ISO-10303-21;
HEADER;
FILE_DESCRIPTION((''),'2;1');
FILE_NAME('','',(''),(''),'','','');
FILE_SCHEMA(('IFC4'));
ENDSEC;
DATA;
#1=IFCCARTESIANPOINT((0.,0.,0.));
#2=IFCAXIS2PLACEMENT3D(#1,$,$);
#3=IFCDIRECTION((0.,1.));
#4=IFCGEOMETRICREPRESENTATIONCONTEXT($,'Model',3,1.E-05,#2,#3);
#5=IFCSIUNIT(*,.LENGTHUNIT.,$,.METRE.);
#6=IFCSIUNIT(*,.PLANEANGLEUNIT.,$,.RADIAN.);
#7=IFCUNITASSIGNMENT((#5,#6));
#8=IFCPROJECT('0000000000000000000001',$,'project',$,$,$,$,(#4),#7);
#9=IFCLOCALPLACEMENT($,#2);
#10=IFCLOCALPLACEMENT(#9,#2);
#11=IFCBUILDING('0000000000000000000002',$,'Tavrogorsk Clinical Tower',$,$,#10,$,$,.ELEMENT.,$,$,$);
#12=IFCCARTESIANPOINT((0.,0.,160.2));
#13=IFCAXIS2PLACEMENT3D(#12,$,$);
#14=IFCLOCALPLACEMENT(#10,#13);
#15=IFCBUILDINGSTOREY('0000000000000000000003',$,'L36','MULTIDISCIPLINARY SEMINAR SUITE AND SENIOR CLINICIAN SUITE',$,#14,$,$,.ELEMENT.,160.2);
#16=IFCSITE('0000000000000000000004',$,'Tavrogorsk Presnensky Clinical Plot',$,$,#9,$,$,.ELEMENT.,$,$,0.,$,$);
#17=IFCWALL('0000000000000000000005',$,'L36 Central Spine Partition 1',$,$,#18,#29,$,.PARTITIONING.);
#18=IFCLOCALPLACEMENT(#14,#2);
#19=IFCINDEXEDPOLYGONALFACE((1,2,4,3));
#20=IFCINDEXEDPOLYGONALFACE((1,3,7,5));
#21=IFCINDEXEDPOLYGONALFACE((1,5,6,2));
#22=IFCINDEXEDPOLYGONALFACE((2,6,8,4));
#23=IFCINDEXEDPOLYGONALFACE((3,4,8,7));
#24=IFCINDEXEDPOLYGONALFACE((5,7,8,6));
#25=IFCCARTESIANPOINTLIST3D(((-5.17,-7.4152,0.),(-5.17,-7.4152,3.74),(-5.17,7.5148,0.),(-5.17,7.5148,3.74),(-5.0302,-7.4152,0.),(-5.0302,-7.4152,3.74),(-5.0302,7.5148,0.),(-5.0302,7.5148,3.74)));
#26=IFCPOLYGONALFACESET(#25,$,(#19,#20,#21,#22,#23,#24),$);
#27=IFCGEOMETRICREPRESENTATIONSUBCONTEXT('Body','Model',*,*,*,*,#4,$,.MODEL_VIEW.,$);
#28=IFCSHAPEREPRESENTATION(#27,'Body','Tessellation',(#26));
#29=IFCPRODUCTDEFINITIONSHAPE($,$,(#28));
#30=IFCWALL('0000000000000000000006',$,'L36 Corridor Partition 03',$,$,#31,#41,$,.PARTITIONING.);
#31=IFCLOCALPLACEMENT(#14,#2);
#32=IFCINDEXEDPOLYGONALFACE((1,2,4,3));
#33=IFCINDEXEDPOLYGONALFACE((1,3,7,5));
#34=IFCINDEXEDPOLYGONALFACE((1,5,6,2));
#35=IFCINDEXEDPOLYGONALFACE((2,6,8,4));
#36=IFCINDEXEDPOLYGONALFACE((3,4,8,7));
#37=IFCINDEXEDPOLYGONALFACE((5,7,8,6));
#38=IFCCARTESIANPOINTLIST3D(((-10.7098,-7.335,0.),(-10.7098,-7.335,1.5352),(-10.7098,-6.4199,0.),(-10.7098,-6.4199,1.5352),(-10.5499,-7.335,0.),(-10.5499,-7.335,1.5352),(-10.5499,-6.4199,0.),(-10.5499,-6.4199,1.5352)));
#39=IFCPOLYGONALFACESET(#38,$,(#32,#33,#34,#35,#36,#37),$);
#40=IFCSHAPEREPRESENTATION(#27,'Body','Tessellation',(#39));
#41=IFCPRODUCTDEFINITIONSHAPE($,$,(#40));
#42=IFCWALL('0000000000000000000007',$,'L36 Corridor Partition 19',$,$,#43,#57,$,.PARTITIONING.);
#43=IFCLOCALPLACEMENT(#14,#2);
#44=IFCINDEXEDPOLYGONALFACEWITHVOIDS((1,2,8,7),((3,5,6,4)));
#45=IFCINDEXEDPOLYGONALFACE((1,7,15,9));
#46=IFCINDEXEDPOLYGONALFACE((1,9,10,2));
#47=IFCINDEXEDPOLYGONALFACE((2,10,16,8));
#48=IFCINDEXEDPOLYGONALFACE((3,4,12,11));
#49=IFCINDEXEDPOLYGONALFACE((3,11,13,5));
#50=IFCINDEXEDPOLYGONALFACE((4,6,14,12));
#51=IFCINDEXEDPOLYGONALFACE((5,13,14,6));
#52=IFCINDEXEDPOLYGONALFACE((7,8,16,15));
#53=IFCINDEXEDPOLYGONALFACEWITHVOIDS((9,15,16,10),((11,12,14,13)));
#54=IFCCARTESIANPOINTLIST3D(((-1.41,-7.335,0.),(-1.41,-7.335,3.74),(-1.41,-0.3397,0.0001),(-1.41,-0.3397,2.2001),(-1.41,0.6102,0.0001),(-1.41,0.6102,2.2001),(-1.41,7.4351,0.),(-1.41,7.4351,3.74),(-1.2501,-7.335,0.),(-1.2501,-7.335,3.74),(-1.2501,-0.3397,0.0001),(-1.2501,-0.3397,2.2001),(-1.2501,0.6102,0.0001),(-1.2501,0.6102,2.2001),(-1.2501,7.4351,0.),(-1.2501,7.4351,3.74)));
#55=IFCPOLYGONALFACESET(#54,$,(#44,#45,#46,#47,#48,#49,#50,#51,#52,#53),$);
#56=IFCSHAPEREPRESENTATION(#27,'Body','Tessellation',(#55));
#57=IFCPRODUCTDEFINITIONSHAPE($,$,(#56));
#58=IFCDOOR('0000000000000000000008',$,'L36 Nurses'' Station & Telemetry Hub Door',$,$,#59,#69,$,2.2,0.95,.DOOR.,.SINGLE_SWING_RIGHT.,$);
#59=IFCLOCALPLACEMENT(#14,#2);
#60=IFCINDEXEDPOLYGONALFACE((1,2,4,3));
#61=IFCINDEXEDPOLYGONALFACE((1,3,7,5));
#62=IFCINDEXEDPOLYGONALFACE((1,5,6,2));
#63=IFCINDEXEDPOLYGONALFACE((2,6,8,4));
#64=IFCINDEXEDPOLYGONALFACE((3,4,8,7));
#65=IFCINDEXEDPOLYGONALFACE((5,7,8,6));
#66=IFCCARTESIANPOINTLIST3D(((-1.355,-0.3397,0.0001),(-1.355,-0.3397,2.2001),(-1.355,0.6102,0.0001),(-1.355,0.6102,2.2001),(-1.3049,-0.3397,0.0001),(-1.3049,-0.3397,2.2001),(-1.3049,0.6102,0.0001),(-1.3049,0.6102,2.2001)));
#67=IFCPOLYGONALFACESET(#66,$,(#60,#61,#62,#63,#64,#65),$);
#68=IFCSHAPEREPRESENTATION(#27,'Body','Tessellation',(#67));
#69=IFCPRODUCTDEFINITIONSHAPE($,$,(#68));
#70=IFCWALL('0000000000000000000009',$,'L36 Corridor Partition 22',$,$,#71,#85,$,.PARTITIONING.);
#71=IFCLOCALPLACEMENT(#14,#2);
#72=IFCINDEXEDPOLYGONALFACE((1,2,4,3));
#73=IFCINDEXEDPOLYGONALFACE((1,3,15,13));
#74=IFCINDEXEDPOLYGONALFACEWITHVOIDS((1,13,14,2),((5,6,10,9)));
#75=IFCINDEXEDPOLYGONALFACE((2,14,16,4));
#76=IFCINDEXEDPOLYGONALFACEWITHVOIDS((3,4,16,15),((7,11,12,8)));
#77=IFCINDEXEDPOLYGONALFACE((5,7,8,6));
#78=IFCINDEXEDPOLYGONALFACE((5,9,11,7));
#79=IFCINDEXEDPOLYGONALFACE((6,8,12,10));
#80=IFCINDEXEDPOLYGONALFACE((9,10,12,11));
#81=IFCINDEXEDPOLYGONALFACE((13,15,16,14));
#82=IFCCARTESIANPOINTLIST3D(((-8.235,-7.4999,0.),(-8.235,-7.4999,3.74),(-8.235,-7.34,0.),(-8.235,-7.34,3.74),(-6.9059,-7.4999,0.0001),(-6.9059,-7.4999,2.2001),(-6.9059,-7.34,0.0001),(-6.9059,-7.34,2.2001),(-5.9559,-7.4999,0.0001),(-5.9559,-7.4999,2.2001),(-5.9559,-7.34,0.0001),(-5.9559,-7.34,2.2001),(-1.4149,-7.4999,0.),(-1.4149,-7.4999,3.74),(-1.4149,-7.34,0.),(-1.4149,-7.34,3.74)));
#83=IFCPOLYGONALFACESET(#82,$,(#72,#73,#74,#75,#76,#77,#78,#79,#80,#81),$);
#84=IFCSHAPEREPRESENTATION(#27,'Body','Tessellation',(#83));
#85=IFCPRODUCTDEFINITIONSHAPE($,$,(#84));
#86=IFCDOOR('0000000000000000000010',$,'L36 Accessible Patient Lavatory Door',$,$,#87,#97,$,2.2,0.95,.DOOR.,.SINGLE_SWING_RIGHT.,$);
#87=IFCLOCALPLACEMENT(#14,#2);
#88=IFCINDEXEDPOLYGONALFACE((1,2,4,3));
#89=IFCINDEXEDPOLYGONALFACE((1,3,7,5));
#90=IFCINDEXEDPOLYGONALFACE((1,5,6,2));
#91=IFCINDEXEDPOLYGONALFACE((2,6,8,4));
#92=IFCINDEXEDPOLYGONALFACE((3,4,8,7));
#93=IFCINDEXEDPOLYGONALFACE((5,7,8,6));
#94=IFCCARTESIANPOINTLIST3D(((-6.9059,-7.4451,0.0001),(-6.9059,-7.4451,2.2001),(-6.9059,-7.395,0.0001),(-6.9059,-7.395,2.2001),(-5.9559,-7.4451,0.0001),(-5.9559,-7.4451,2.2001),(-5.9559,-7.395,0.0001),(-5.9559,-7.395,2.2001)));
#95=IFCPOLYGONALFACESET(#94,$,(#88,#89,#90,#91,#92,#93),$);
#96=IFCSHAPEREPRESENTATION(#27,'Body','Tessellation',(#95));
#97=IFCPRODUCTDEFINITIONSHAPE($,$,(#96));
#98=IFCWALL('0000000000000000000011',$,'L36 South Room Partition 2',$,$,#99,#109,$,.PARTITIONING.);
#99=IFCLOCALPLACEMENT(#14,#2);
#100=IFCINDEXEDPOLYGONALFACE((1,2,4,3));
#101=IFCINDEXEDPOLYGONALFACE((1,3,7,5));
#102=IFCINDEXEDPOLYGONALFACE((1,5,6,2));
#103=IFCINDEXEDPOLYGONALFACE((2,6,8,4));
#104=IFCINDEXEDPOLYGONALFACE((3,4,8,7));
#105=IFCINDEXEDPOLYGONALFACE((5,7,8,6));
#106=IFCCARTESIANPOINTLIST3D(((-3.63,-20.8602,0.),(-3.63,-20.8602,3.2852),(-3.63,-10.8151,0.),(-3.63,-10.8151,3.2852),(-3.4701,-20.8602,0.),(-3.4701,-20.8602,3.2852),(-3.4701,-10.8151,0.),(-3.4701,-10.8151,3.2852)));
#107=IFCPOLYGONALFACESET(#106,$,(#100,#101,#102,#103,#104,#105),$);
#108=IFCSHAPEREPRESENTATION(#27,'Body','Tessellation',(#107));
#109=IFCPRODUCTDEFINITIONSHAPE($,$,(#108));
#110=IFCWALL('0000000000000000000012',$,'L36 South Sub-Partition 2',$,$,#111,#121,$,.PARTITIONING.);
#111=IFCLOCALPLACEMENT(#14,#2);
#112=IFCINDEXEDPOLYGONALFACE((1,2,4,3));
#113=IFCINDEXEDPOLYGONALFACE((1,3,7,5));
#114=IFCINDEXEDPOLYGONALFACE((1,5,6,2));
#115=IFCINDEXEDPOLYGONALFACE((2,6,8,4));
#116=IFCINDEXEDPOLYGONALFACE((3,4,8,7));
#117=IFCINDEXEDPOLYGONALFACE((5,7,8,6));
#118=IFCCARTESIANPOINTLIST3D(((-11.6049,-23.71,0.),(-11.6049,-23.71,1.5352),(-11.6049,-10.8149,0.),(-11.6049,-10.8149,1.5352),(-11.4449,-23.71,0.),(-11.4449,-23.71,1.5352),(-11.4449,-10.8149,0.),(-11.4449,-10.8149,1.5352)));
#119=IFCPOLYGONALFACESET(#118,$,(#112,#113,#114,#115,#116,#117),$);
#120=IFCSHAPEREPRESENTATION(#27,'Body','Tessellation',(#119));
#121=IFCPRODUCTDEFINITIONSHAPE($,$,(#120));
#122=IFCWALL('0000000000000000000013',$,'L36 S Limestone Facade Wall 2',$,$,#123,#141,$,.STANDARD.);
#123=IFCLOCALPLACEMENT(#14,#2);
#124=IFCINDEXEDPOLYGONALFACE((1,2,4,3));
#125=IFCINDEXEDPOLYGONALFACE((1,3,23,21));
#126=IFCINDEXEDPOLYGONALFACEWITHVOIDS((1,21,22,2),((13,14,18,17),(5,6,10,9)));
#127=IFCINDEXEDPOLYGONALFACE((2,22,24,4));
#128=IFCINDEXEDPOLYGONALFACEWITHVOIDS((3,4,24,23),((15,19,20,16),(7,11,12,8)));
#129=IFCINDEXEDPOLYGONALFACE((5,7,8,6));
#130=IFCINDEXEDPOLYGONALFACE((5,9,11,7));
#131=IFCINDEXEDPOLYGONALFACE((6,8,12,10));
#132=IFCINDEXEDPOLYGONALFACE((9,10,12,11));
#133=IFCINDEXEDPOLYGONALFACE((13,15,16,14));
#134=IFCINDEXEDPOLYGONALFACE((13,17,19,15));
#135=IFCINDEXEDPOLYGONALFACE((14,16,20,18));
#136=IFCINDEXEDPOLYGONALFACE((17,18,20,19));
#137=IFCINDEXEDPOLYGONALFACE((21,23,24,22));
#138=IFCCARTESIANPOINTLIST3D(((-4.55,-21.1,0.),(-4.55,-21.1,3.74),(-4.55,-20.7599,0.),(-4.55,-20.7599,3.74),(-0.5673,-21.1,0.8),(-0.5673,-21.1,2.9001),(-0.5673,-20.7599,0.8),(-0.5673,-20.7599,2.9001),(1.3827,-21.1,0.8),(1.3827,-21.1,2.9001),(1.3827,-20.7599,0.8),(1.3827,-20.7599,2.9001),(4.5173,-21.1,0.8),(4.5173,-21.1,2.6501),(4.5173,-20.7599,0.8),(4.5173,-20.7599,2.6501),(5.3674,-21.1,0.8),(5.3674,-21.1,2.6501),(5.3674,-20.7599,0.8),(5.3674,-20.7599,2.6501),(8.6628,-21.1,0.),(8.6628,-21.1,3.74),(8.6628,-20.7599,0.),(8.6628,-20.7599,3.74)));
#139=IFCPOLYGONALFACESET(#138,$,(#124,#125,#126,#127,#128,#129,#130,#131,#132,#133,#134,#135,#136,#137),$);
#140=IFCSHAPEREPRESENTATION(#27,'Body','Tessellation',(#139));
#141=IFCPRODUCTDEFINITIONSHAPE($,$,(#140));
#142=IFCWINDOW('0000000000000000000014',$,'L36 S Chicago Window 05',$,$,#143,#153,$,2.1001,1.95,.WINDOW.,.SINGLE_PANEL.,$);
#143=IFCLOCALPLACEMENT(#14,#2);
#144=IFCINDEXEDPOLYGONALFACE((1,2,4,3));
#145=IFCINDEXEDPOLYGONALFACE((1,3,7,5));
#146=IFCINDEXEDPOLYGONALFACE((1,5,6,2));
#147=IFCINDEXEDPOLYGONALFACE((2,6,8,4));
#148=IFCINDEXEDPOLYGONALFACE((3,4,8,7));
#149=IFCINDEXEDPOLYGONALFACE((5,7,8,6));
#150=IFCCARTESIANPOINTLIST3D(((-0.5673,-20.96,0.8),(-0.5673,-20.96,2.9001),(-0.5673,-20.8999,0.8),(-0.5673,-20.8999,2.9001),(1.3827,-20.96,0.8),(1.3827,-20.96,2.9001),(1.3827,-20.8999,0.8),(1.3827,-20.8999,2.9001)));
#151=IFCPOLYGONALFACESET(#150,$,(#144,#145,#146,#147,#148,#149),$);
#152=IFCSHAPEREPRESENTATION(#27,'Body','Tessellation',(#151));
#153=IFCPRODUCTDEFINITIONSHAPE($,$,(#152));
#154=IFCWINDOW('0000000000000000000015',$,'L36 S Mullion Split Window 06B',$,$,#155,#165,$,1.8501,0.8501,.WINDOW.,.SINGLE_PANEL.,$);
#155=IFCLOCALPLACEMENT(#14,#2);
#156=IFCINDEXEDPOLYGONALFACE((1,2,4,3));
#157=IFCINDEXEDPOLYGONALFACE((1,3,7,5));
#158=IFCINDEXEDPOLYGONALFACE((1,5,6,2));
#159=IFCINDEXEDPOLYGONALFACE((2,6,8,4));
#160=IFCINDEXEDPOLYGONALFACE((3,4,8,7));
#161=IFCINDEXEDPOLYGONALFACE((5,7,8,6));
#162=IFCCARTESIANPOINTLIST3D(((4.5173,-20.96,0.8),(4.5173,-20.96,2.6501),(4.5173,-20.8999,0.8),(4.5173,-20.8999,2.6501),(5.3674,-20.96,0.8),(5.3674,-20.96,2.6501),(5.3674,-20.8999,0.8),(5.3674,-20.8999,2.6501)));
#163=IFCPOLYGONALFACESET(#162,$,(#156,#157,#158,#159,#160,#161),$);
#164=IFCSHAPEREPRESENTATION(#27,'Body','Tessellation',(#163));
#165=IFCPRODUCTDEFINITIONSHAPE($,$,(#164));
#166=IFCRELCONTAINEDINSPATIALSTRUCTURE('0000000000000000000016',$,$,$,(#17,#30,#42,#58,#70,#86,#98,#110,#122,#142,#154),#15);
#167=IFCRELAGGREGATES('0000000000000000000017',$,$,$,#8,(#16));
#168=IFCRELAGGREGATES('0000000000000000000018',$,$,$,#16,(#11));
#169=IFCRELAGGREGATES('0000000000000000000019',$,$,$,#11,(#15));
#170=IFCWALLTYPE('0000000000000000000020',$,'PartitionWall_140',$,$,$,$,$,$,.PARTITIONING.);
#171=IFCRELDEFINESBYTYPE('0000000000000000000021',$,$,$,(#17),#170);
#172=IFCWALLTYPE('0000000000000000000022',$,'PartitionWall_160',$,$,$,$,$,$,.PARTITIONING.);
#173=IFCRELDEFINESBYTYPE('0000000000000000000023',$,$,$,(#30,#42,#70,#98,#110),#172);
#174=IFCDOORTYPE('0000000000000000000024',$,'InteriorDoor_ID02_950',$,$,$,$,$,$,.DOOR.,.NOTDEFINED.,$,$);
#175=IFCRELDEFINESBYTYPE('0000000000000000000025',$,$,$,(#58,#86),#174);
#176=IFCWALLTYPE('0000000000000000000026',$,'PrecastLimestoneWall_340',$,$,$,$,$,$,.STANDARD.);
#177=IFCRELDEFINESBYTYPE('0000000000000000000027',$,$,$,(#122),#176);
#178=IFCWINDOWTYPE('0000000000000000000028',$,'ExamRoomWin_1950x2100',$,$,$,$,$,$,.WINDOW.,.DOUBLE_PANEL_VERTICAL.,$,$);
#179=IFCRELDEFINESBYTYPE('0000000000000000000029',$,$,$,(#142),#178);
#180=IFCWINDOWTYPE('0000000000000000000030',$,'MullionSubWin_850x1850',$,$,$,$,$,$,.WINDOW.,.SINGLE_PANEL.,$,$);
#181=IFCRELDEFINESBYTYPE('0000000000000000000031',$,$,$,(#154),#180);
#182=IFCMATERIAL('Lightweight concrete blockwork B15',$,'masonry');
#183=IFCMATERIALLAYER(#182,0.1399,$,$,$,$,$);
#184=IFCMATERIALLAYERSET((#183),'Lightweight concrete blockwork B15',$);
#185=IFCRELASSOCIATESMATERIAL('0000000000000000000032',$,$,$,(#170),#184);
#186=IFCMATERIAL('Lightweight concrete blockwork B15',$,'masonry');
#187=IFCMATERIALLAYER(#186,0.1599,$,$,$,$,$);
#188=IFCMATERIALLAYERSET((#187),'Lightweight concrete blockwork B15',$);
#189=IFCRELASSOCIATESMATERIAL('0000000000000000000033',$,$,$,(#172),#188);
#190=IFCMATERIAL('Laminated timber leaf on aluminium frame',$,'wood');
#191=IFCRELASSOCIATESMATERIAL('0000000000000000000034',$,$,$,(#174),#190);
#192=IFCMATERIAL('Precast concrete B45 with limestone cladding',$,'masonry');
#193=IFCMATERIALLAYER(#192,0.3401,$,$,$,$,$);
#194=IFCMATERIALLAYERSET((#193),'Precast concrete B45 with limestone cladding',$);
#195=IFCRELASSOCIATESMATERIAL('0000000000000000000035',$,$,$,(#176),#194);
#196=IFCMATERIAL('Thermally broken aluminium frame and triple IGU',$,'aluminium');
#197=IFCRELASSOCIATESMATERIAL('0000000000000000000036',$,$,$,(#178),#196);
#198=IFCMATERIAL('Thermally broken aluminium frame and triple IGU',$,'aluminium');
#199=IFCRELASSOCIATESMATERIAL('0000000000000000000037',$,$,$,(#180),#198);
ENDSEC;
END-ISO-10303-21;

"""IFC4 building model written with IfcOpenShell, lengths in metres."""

from ifc_helpers import new_model, si_unit, direction, frame, frame_2d, origin, place, context, subcontext, project, spatial, rectangle, extrude, material, layer, layer_set, type_object, element, fill, save


model = new_model("IFC4")

# Units and contexts
model_context = context("Model", 3, precision=1e-05, world=origin(), true_north=direction((0.0, 1.0)))
body_context = subcontext(model_context, "Body", "Model", "MODEL_VIEW")
ifc_project = project(units=[si_unit("LENGTHUNIT", "METRE"), si_unit("PLANEANGLEUNIT", "RADIAN")], contexts=[model_context])

# Site, building, storey
site_placement = place(None, origin())
site = spatial("IfcSite", under=ifc_project, at=site_placement, Name="Tavrogorsk Presnensky Clinical Plot", CompositionType="ELEMENT", RefElevation=0.0)
building_placement = place(site_placement, origin())
building = spatial("IfcBuilding", under=site, at=building_placement, Name="Tavrogorsk Clinical Tower", CompositionType="ELEMENT")
storey_placement = place(building_placement, frame((0.0, 0.0, 160.2)))
storey = spatial("IfcBuildingStorey", under=building, at=storey_placement, Name="L36", Description="MULTIDISCIPLINARY SEMINAR SUITE AND SENIOR CLINICIAN SUITE", CompositionType="ELEMENT", Elevation=160.2)

# Walls
ifc_material_1 = material(Name="Lightweight concrete blockwork B15", Category="masonry")
ifc_layer_1 = layer(ifc_material_1, 0.1399)
ifc_layer_set_1 = layer_set([ifc_layer_1], Name="Lightweight concrete blockwork B15")
wall_type_1 = type_object("IfcWallType", Name="PartitionWall_140", PredefinedType="PARTITIONING", material=ifc_layer_set_1)
wall_1_placement = place(storey_placement, frame((-5.1001, -7.415, 0.0), z_axis=(0.0, 0.0, 1.0), x_axis=(0.0, 1.0, 0.0)))
element("IfcWall", 1, at=wall_1_placement, inside=storey, type_object=wall_type_1, Name="L36 Central Spine Partition 1", PredefinedType="PARTITIONING", context=body_context, shape_type="SweptSolid", body=[
    extrude(rectangle(XDim=14.9299, YDim=0.1399, at=frame_2d((7.4648, 0.0))), origin(), (0.0, 0.0, 1.0), 3.74),
])
ifc_material_2 = material(Name="Lightweight concrete blockwork B15", Category="masonry")
ifc_layer_2 = layer(ifc_material_2, 0.1599)
ifc_layer_set_2 = layer_set([ifc_layer_2], Name="Lightweight concrete blockwork B15")
wall_type_2 = type_object("IfcWallType", Name="PartitionWall_160", PredefinedType="PARTITIONING", material=ifc_layer_set_2)
wall_2_placement = place(storey_placement, frame((-10.6299, -7.335, 0.0), z_axis=(0.0, 0.0, 1.0), x_axis=(0.0, 1.0, 0.0)))
element("IfcWall", 2, at=wall_2_placement, inside=storey, type_object=wall_type_2, Name="L36 Corridor Partition 03", PredefinedType="PARTITIONING", context=body_context, shape_type="SweptSolid", body=[
    extrude(rectangle(XDim=0.915, YDim=0.1599, at=frame_2d((0.4575, 0.0))), origin(), (0.0, 0.0, 1.0), 1.5352),
])

# Walls, openings, doors
wall_3_placement = place(storey_placement, frame((-1.3301, -7.335, 0.0), z_axis=(0.0, 0.0, 1.0), x_axis=(0.0, 1.0, 0.0)))
wall_3 = element("IfcWall", 3, at=wall_3_placement, inside=storey, type_object=wall_type_2, Name="L36 Corridor Partition 19", PredefinedType="PARTITIONING", context=body_context, shape_type="SweptSolid", body=[
    extrude(rectangle(XDim=14.77, YDim=0.1599, at=frame_2d((7.385, 0.0))), origin(), (0.0, 0.0, 1.0), 3.74),
])
opening_1_placement = place(wall_3_placement, frame((6.9951, 0.0, 0.0)))
opening_1 = element("IfcOpeningElement", 4, at=opening_1_placement, cuts=wall_3, PredefinedType="OPENING", context=body_context, shape_type="SweptSolid", body=[
    extrude(rectangle(XDim=0.95, YDim=2.2, at=frame_2d((0.4751, 1.1001))), frame((0.0, 0.0898, 0.0), z_axis=(0.0, -1.0, 0.0), x_axis=(1.0, 0.0, 0.0)), (0.0, 0.0, 1.0), 0.1799),
])
ifc_material_3 = material(Name="Laminated timber leaf on aluminium frame", Category="wood")
door_type = type_object("IfcDoorType", Name="InteriorDoor_ID02_950", OperationType="NOTDEFINED", PredefinedType="DOOR", material=ifc_material_3)
door_1_placement = place(opening_1_placement, origin())
door_1 = element("IfcDoor", 5, at=door_1_placement, inside=storey, type_object=door_type, Name="L36 Nurses' Station & Telemetry Hub Door", OperationType="SINGLE_SWING_RIGHT", OverallHeight=2.2, OverallWidth=0.95, PredefinedType="DOOR", context=body_context, shape_type="SweptSolid", body=[
    extrude(rectangle(XDim=0.95, YDim=2.2, at=frame_2d((0.4751, 1.1001))), frame((0.0, 0.0249, 0.0), z_axis=(0.0, -1.0, 0.0), x_axis=(1.0, 0.0, 0.0)), (0.0, 0.0, 1.0), 0.05),
])
fill(opening_1, door_1)
wall_4_placement = place(storey_placement, frame((-8.2351, -7.4199, 0.0), z_axis=(0.0, 0.0, 1.0), x_axis=(1.0, 0.0, 0.0)))
wall_4 = element("IfcWall", 6, at=wall_4_placement, inside=storey, type_object=wall_type_2, Name="L36 Corridor Partition 22", PredefinedType="PARTITIONING", context=body_context, shape_type="SweptSolid", body=[
    extrude(rectangle(XDim=6.8201, YDim=0.1599, at=frame_2d((3.4102, 0.0))), origin(), (0.0, 0.0, 1.0), 3.74),
])
opening_2_placement = place(wall_4_placement, frame((1.3291, 0.0, 0.0)))
opening_2 = element("IfcOpeningElement", 7, at=opening_2_placement, cuts=wall_4, PredefinedType="OPENING", context=body_context, shape_type="SweptSolid", body=[
    extrude(rectangle(XDim=0.95, YDim=2.2, at=frame_2d((0.4751, 1.1001))), frame((0.0, 0.0898, 0.0), z_axis=(0.0, -1.0, 0.0), x_axis=(1.0, 0.0, 0.0)), (0.0, 0.0, 1.0), 0.1799),
])
door_2_placement = place(opening_2_placement, origin())
door_2 = element("IfcDoor", 8, at=door_2_placement, inside=storey, type_object=door_type, Name="L36 Accessible Patient Lavatory Door", OperationType="SINGLE_SWING_RIGHT", OverallHeight=2.2, OverallWidth=0.95, PredefinedType="DOOR", context=body_context, shape_type="SweptSolid", body=[
    extrude(rectangle(XDim=0.95, YDim=2.2, at=frame_2d((0.4751, 1.1001))), frame((0.0, 0.0249, 0.0), z_axis=(0.0, -1.0, 0.0), x_axis=(1.0, 0.0, 0.0)), (0.0, 0.0, 1.0), 0.05),
])
fill(opening_2, door_2)

# Walls
wall_5_placement = place(storey_placement, frame((-3.55, -20.8601, 0.0), z_axis=(0.0, 0.0, 1.0), x_axis=(0.0, 1.0, 0.0)))
element("IfcWall", 9, at=wall_5_placement, inside=storey, type_object=wall_type_2, Name="L36 South Room Partition 2", PredefinedType="PARTITIONING", context=body_context, shape_type="SweptSolid", body=[
    extrude(rectangle(XDim=10.0452, YDim=0.1599, at=frame_2d((5.0225, 0.0))), origin(), (0.0, 0.0, 1.0), 3.2852),
])
wall_6_placement = place(storey_placement, frame((-11.5249, -23.71, 0.0), z_axis=(0.0, 0.0, 1.0), x_axis=(0.0, 1.0, 0.0)))
element("IfcWall", 10, at=wall_6_placement, inside=storey, type_object=wall_type_2, Name="L36 South Sub-Partition 2", PredefinedType="PARTITIONING", context=body_context, shape_type="SweptSolid", body=[
    extrude(rectangle(XDim=12.895, YDim=0.1599, at=frame_2d((6.4475, 0.0))), origin(), (0.0, 0.0, 1.0), 1.5352),
])

# Wall, openings, windows
ifc_material_4 = material(Name="Precast concrete B45 with limestone cladding", Category="masonry")
ifc_layer_3 = layer(ifc_material_4, 0.3401)
ifc_layer_set_3 = layer_set([ifc_layer_3], Name="Precast concrete B45 with limestone cladding")
wall_type_3 = type_object("IfcWallType", Name="PrecastLimestoneWall_340", PredefinedType="STANDARD", material=ifc_layer_set_3)
wall_7_placement = place(storey_placement, frame((-4.55, -20.9299, 0.0), z_axis=(0.0, 0.0, 1.0), x_axis=(1.0, 0.0, 0.0)))
wall_7 = element("IfcWall", 11, at=wall_7_placement, inside=storey, type_object=wall_type_3, Name="L36 S Limestone Facade Wall 2", PredefinedType="STANDARD", context=body_context, shape_type="SweptSolid", body=[
    extrude(rectangle(XDim=13.2129, YDim=0.3401, at=frame_2d((6.6064, 0.0))), origin(), (0.0, 0.0, 1.0), 3.74),
])
opening_3_placement = place(wall_7_placement, frame((3.9827, 0.0, 0.8)))
opening_3 = element("IfcOpeningElement", 12, at=opening_3_placement, cuts=wall_7, PredefinedType="OPENING", context=body_context, shape_type="SweptSolid", body=[
    extrude(rectangle(XDim=1.95, YDim=2.1001, at=frame_2d((0.9751, 1.05))), frame((0.0, 0.1799, 0.0), z_axis=(0.0, -1.0, 0.0), x_axis=(1.0, 0.0, 0.0)), (0.0, 0.0, 1.0), 0.3601),
])
opening_4_placement = place(wall_7_placement, frame((9.0674, 0.0, 0.8)))
opening_4 = element("IfcOpeningElement", 13, at=opening_4_placement, cuts=wall_7, PredefinedType="OPENING", context=body_context, shape_type="SweptSolid", body=[
    extrude(rectangle(XDim=0.8501, YDim=1.8501, at=frame_2d((0.425, 0.925))), frame((0.0, 0.1799, 0.0), z_axis=(0.0, -1.0, 0.0), x_axis=(1.0, 0.0, 0.0)), (0.0, 0.0, 1.0), 0.3601),
])
ifc_material_5 = material(Name="Thermally broken aluminium frame and triple IGU", Category="aluminium")
window_type_1 = type_object("IfcWindowType", Name="ExamRoomWin_1950x2100", PartitioningType="DOUBLE_PANEL_VERTICAL", PredefinedType="WINDOW", material=ifc_material_5)
window_1_placement = place(opening_3_placement, origin())
window_1 = element("IfcWindow", 14, at=window_1_placement, inside=storey, type_object=window_type_1, Name="L36 S Chicago Window 05", OverallHeight=2.1001, OverallWidth=1.95, PartitioningType="SINGLE_PANEL", PredefinedType="WINDOW", context=body_context, shape_type="SweptSolid", body=[
    extrude(rectangle(XDim=1.95, YDim=2.1001, at=frame_2d((0.9751, 1.05))), frame((0.0, 0.03, 0.0), z_axis=(0.0, -1.0, 0.0), x_axis=(1.0, 0.0, 0.0)), (0.0, 0.0, 1.0), 0.0601),
])
fill(opening_3, window_1)
ifc_material_6 = material(Name="Thermally broken aluminium frame and triple IGU", Category="aluminium")
window_type_2 = type_object("IfcWindowType", Name="MullionSubWin_850x1850", PartitioningType="SINGLE_PANEL", PredefinedType="WINDOW", material=ifc_material_6)
window_2_placement = place(opening_4_placement, origin())
window_2 = element("IfcWindow", 15, at=window_2_placement, inside=storey, type_object=window_type_2, Name="L36 S Mullion Split Window 06B", OverallHeight=1.8501, OverallWidth=0.8501, PartitioningType="SINGLE_PANEL", PredefinedType="WINDOW", context=body_context, shape_type="SweptSolid", body=[
    extrude(rectangle(XDim=0.8501, YDim=1.8501, at=frame_2d((0.425, 0.925))), frame((0.0, 0.03, 0.0), z_axis=(0.0, -1.0, 0.0), x_axis=(1.0, 0.0, 0.0)), (0.0, 0.0, 1.0), 0.0601),
])
fill(opening_4, window_2)

save(model, "model.ifc")
